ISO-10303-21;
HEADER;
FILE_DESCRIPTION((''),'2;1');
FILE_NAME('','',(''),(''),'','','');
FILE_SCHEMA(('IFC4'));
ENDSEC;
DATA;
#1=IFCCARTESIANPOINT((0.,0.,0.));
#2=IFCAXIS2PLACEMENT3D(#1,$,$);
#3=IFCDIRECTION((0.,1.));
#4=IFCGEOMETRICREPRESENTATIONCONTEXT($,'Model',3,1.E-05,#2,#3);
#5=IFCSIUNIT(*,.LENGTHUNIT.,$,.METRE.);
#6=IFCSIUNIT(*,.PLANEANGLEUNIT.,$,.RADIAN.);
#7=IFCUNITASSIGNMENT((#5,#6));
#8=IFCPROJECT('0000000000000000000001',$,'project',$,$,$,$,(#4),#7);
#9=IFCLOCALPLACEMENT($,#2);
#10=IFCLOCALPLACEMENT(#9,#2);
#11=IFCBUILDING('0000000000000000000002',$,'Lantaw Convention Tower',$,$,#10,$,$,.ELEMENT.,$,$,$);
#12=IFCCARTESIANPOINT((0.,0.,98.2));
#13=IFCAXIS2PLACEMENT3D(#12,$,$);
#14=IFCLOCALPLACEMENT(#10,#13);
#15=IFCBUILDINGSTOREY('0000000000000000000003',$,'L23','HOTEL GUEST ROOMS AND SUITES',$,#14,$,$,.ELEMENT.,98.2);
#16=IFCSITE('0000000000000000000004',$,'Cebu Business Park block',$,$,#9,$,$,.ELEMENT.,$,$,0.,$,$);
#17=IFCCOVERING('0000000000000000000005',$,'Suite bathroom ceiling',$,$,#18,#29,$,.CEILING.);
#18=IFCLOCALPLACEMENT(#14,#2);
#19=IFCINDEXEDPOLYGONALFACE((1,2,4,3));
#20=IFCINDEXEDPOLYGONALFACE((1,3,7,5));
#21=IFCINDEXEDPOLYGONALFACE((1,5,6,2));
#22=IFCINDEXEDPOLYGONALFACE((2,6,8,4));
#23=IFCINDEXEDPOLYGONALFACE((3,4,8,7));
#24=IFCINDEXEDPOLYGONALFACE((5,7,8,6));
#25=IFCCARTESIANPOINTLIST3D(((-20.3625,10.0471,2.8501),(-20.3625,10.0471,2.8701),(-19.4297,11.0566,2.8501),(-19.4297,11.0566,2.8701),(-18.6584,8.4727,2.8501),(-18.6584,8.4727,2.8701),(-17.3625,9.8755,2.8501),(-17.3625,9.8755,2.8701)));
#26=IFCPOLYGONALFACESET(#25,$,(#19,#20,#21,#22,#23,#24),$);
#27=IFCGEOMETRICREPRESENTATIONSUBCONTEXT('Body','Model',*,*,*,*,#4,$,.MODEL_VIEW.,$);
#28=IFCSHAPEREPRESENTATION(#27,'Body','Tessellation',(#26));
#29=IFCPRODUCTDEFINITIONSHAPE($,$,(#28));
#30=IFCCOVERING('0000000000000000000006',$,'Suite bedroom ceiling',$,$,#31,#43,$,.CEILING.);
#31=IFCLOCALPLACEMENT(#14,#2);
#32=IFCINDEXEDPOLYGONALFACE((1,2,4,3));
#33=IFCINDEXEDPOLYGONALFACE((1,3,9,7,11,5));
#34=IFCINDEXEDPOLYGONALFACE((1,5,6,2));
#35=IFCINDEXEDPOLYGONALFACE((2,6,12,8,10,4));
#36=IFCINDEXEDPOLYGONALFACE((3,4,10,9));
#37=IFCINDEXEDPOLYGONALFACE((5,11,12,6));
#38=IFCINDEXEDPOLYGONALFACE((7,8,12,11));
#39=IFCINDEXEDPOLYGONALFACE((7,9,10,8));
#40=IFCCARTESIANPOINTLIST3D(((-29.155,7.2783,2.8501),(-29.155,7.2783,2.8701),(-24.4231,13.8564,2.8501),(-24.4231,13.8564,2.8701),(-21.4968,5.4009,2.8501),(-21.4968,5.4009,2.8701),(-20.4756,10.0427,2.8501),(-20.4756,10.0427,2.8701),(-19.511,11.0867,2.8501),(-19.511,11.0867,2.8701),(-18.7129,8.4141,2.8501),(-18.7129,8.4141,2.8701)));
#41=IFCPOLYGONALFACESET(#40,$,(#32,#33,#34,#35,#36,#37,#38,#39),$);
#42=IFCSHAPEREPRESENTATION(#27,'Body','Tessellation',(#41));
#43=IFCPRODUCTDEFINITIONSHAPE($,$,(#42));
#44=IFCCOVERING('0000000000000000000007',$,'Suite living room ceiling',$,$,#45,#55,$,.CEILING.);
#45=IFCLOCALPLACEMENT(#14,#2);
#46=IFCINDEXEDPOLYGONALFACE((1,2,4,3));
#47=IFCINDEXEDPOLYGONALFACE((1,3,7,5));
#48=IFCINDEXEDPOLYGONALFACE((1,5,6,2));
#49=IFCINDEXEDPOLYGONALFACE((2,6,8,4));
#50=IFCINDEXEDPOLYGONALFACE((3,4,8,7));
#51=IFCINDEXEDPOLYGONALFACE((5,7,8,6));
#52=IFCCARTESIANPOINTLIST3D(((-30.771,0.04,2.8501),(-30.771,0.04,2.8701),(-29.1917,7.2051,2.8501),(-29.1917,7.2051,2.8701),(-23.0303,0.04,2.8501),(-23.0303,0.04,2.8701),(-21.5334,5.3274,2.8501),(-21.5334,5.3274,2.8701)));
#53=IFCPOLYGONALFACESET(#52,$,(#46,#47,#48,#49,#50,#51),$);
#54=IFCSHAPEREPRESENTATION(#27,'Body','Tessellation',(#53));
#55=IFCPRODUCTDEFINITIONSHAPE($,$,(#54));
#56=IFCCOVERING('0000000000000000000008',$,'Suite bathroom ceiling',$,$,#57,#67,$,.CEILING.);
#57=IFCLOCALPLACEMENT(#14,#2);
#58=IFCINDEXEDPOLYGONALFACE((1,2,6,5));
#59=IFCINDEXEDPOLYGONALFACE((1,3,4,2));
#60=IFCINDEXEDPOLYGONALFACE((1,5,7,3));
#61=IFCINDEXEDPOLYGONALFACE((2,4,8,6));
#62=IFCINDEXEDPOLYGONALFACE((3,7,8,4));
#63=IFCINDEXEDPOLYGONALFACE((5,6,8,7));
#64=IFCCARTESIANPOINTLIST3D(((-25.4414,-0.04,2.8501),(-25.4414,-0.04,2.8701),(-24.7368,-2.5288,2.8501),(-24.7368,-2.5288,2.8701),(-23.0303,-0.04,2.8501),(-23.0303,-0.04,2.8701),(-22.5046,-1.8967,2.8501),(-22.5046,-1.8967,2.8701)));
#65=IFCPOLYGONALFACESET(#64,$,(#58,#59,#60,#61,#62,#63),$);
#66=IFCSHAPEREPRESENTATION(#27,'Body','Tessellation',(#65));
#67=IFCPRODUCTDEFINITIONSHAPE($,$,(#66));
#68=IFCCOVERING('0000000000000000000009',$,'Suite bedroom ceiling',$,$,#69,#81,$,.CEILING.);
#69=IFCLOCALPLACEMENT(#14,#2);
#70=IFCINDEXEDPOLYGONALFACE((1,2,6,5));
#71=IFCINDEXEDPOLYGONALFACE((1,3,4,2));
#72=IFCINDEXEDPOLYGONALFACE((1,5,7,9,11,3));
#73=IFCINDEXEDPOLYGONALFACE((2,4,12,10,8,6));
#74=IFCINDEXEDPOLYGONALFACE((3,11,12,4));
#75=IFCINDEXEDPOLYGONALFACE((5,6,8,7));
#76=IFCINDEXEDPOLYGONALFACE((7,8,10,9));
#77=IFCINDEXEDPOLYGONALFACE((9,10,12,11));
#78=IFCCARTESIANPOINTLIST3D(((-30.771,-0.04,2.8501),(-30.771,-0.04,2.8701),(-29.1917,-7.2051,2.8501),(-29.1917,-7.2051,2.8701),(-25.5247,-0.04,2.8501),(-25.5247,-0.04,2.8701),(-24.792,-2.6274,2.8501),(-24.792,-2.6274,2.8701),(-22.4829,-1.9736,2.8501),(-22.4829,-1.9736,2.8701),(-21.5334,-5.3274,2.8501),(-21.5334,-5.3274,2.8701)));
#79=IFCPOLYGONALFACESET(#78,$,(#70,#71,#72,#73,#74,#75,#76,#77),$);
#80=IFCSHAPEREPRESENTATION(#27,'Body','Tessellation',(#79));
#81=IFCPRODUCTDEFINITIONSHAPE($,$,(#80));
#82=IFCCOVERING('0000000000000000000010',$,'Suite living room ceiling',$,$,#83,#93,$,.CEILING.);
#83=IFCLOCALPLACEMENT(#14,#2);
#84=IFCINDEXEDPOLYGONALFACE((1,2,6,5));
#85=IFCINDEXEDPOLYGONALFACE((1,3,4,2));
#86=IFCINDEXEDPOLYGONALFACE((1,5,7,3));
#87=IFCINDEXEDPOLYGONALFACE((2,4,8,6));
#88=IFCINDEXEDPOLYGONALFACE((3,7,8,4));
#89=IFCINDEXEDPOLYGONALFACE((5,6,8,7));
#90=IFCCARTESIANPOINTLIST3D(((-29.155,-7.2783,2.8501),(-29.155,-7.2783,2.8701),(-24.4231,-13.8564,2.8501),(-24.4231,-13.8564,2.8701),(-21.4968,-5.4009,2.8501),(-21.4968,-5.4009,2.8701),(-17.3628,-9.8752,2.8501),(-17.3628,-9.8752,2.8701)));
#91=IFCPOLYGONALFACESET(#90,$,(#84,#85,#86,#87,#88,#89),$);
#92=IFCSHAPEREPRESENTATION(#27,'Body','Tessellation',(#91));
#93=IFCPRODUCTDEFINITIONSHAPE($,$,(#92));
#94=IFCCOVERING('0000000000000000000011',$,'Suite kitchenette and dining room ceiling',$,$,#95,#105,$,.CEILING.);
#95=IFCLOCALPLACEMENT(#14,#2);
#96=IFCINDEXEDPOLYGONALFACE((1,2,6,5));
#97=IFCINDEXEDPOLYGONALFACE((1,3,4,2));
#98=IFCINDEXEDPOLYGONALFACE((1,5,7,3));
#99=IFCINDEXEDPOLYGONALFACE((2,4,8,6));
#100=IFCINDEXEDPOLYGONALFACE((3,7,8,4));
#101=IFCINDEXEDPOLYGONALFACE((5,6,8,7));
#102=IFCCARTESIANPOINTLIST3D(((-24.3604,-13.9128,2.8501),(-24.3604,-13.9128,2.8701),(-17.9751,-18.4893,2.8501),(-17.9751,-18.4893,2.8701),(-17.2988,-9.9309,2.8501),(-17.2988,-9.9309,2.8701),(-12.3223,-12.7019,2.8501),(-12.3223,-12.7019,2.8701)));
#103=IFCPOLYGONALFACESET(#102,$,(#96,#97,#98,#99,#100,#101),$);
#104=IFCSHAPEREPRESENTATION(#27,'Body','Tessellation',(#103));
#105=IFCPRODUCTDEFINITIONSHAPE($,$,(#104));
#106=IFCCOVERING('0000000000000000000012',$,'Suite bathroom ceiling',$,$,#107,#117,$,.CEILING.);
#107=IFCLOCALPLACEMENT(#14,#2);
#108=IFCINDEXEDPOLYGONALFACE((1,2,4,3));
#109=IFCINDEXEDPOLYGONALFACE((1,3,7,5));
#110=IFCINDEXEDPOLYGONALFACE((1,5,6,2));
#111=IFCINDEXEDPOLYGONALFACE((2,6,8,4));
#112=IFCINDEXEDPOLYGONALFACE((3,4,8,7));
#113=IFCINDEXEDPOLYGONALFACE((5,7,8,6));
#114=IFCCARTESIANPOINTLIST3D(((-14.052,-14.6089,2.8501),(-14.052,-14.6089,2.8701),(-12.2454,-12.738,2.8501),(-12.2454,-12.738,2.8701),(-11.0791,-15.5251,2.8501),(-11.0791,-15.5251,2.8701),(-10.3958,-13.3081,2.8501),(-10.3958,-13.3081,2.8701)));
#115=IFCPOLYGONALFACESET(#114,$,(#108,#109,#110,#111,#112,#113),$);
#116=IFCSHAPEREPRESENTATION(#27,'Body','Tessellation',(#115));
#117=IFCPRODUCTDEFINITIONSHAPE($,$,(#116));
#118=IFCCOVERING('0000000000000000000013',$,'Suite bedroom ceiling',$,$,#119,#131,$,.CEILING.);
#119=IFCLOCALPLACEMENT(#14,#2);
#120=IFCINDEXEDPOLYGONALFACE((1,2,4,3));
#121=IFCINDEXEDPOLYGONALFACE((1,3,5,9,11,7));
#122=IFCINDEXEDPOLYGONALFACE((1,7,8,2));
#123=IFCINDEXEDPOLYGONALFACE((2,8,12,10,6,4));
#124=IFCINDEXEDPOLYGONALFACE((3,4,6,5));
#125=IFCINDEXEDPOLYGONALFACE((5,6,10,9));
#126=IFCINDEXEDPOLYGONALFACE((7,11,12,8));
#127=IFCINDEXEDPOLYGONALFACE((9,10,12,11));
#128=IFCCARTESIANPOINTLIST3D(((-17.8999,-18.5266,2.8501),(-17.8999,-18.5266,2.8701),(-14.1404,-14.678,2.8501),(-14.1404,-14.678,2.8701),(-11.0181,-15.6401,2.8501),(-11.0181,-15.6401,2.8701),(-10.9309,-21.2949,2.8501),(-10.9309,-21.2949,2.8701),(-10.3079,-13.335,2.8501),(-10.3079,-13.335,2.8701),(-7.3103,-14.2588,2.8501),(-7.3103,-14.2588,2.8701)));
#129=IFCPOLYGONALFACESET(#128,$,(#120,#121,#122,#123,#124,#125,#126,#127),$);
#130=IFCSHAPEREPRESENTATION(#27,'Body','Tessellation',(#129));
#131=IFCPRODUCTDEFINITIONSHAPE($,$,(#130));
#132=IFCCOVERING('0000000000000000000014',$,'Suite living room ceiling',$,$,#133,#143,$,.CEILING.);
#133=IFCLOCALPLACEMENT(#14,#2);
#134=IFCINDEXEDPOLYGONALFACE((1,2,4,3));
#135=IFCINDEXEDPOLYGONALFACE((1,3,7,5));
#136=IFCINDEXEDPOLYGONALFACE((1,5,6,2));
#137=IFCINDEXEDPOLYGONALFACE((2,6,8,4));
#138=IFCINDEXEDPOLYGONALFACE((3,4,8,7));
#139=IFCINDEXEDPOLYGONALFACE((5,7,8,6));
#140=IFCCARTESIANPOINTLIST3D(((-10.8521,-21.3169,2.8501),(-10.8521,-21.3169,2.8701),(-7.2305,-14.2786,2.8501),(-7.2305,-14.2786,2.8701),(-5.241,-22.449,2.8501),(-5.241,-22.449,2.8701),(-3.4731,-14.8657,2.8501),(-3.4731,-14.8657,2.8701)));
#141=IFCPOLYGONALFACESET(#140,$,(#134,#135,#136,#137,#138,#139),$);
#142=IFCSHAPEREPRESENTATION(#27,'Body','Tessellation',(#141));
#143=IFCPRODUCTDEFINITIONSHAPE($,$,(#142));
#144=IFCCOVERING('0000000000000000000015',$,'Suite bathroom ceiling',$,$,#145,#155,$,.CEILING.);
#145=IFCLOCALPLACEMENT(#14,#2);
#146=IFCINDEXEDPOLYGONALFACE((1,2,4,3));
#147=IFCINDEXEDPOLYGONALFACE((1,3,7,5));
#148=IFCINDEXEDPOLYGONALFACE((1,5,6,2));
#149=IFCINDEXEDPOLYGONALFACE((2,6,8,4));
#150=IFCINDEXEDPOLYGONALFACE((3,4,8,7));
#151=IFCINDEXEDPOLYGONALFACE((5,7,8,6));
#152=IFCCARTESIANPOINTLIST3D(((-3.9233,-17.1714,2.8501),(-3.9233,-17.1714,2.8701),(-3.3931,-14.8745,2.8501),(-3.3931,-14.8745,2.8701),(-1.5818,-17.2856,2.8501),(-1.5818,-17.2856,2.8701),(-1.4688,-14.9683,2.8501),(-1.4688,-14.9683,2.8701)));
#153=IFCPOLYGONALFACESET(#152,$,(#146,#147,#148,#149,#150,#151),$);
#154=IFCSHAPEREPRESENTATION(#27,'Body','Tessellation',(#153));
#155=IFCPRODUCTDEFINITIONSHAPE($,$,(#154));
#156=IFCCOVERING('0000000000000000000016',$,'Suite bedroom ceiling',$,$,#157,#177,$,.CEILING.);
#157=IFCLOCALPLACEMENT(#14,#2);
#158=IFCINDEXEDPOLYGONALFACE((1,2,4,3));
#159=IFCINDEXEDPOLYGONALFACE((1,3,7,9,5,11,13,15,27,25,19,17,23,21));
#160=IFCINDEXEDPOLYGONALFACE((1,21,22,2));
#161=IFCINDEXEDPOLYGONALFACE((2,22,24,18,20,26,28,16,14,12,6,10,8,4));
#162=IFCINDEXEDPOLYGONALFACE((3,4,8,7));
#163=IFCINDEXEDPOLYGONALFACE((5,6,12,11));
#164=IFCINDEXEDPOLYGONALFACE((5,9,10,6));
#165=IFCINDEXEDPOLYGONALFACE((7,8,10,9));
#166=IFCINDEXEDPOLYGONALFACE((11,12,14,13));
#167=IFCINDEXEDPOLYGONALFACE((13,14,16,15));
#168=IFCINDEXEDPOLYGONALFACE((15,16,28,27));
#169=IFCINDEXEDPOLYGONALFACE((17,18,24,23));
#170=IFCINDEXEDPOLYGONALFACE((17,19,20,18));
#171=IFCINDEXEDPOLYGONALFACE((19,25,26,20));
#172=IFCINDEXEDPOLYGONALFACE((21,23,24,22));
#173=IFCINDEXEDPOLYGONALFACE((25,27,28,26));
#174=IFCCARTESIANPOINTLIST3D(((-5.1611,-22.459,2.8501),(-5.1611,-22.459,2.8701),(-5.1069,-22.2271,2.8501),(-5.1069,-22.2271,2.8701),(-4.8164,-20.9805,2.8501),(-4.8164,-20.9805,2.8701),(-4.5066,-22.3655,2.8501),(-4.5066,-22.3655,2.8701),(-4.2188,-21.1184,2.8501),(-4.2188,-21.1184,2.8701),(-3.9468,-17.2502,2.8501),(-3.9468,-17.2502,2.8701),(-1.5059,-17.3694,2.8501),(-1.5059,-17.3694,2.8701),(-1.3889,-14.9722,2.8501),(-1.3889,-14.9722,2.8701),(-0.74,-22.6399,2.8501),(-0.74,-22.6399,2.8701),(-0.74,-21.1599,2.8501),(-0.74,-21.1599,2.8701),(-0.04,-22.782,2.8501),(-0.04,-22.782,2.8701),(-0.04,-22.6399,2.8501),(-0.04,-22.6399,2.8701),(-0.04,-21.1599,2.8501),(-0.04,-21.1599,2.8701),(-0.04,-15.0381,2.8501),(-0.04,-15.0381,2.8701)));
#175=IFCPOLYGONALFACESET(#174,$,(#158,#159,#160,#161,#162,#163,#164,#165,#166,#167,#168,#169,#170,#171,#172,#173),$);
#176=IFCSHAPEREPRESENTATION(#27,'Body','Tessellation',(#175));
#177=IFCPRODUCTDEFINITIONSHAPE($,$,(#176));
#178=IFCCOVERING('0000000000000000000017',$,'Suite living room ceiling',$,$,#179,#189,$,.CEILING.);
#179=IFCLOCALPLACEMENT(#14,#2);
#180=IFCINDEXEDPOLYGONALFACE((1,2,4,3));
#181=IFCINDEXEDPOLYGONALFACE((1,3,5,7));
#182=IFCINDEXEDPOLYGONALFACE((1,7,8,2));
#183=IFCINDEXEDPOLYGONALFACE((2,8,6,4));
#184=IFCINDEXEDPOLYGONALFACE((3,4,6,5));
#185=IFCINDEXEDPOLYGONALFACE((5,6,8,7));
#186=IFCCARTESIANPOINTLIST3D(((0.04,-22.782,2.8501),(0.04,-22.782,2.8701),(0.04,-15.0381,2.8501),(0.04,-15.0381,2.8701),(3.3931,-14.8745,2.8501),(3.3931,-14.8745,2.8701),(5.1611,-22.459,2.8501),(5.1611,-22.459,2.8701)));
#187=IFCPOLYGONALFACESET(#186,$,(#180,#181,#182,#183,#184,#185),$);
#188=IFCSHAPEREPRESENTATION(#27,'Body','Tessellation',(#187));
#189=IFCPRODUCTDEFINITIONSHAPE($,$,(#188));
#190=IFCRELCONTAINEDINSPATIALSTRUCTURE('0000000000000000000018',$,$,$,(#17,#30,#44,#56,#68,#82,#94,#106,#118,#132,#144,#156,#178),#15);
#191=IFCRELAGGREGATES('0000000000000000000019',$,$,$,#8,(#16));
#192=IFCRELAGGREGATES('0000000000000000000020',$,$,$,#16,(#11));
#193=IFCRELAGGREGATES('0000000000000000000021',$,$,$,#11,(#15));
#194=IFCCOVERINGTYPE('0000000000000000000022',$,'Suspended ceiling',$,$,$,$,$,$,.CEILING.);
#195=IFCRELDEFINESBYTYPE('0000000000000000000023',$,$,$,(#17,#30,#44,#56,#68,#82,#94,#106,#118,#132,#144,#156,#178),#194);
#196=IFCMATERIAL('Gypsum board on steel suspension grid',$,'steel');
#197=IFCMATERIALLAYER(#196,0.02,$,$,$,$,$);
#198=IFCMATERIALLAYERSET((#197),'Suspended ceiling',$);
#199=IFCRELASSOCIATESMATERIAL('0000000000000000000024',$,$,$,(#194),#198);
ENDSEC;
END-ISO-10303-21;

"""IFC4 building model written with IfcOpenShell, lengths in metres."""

from ifc_helpers import new_model, si_unit, direction, frame, origin, place, context, subcontext, project, spatial, polyline, outline, extrude, material, layer, layer_set, type_object, element, save


model = new_model("IFC4")

# Units and contexts
model_context = context("Model", 3, precision=1e-05, world=origin(), true_north=direction((0.0, 1.0)))
body_context = subcontext(model_context, "Body", "Model", "MODEL_VIEW")
ifc_project = project(units=[si_unit("LENGTHUNIT", "METRE"), si_unit("PLANEANGLEUNIT", "RADIAN")], contexts=[model_context])

# Site, building, storey
site_placement = place(None, origin())
site = spatial("IfcSite", under=ifc_project, at=site_placement, Name="Cebu Business Park block", CompositionType="ELEMENT", RefElevation=0.0)
building_placement = place(site_placement, origin())
building = spatial("IfcBuilding", under=site, at=building_placement, Name="Lantaw Convention Tower", CompositionType="ELEMENT")
storey_placement = place(building_placement, frame((0.0, 0.0, 98.2)))
storey = spatial("IfcBuildingStorey", under=building, at=storey_placement, Name="L23", Description="HOTEL GUEST ROOMS AND SUITES", CompositionType="ELEMENT", Elevation=98.2)

# Coverings
ifc_material_1 = material(Name="Gypsum board on steel suspension grid", Category="steel")
ifc_layer_1 = layer(ifc_material_1, 0.02)
ifc_layer_set_1 = layer_set([ifc_layer_1], Name="Suspended ceiling")
covering_type = type_object("IfcCoveringType", Name="Suspended ceiling", PredefinedType="CEILING", material=ifc_layer_set_1)
covering_1_placement = place(storey_placement, frame((0.0, 0.0, 2.8501)))
element("IfcCovering", 1, at=covering_1_placement, inside=storey, type_object=covering_type, Name="Suite bathroom ceiling", PredefinedType="CEILING", context=body_context, shape_type="SweptSolid", body=[
    extrude(outline(polyline([(-17.3625, 9.8755), (-19.4297, 11.0566), (-20.3625, 10.0471), (-18.6584, 8.4727), (-17.3625, 9.8755)])), origin(), (0.0, 0.0, 1.0), 0.02),
])
covering_2_placement = place(storey_placement, frame((0.0, 0.0, 2.8501)))
element("IfcCovering", 2, at=covering_2_placement, inside=storey, type_object=covering_type, Name="Suite bedroom ceiling", PredefinedType="CEILING", context=body_context, shape_type="SweptSolid", body=[
    extrude(outline(polyline([(-21.4968, 5.4009), (-18.7129, 8.4141), (-20.4756, 10.0427), (-19.511, 11.0867), (-24.4231, 13.8564), (-29.155, 7.2783), (-21.4968, 5.4009)])), origin(), (0.0, 0.0, 1.0), 0.02),
])
covering_3_placement = place(storey_placement, frame((0.0, 0.0, 2.8501)))
element("IfcCovering", 3, at=covering_3_placement, inside=storey, type_object=covering_type, Name="Suite living room ceiling", PredefinedType="CEILING", context=body_context, shape_type="SweptSolid", body=[
    extrude(outline(polyline([(-21.5334, 5.3274), (-29.1917, 7.2051), (-30.771, 0.04), (-23.0303, 0.04), (-21.5334, 5.3274)])), origin(), (0.0, 0.0, 1.0), 0.02),
])
covering_4_placement = place(storey_placement, frame((0.0, 0.0, 2.8501)))
element("IfcCovering", 4, at=covering_4_placement, inside=storey, type_object=covering_type, Name="Suite bathroom ceiling", PredefinedType="CEILING", context=body_context, shape_type="SweptSolid", body=[
    extrude(outline(polyline([(-23.0303, -0.04), (-25.4414, -0.04), (-24.7368, -2.5288), (-22.5046, -1.8967), (-23.0303, -0.04)])), origin(), (0.0, 0.0, 1.0), 0.02),
])
covering_5_placement = place(storey_placement, frame((0.0, 0.0, 2.8501)))
element("IfcCovering", 5, at=covering_5_placement, inside=storey, type_object=covering_type, Name="Suite bedroom ceiling", PredefinedType="CEILING", context=body_context, shape_type="SweptSolid", body=[
    extrude(outline(polyline([(-22.4829, -1.9736), (-24.792, -2.6274), (-25.5247, -0.04), (-30.771, -0.04), (-29.1917, -7.2051), (-21.5334, -5.3274), (-22.4829, -1.9736)])), origin(), (0.0, 0.0, 1.0), 0.02),
])
covering_6_placement = place(storey_placement, frame((0.0, 0.0, 2.8501)))
element("IfcCovering", 6, at=covering_6_placement, inside=storey, type_object=covering_type, Name="Suite living room ceiling", PredefinedType="CEILING", context=body_context, shape_type="SweptSolid", body=[
    extrude(outline(polyline([(-21.4968, -5.4009), (-29.155, -7.2783), (-24.4231, -13.8564), (-17.3628, -9.8752), (-21.4968, -5.4009)])), origin(), (0.0, 0.0, 1.0), 0.02),
])
covering_7_placement = place(storey_placement, frame((0.0, 0.0, 2.8501)))
element("IfcCovering", 7, at=covering_7_placement, inside=storey, type_object=covering_type, Name="Suite kitchenette and dining room ceiling", PredefinedType="CEILING", context=body_context, shape_type="SweptSolid", body=[
    extrude(outline(polyline([(-17.2988, -9.9309), (-24.3604, -13.9128), (-17.9751, -18.4893), (-12.3223, -12.7019), (-17.2988, -9.9309)])), origin(), (0.0, 0.0, 1.0), 0.02),
])
covering_8_placement = place(storey_placement, frame((0.0, 0.0, 2.8501)))
element("IfcCovering", 8, at=covering_8_placement, inside=storey, type_object=covering_type, Name="Suite bathroom ceiling", PredefinedType="CEILING", context=body_context, shape_type="SweptSolid", body=[
    extrude(outline(polyline([(-12.2454, -12.738), (-14.052, -14.6089), (-11.0791, -15.5251), (-10.3958, -13.3081), (-12.2454, -12.738)])), origin(), (0.0, 0.0, 1.0), 0.02),
])
covering_9_placement = place(storey_placement, frame((0.0, 0.0, 2.8501)))
element("IfcCovering", 9, at=covering_9_placement, inside=storey, type_object=covering_type, Name="Suite bedroom ceiling", PredefinedType="CEILING", context=body_context, shape_type="SweptSolid", body=[
    extrude(outline(polyline([(-14.1404, -14.678), (-17.8999, -18.5266), (-10.9309, -21.2949), (-7.3103, -14.2588), (-10.3079, -13.335), (-11.0181, -15.6401), (-14.1404, -14.678)])), origin(), (0.0, 0.0, 1.0), 0.02),
])
covering_10_placement = place(storey_placement, frame((0.0, 0.0, 2.8501)))
element("IfcCovering", 10, at=covering_10_placement, inside=storey, type_object=covering_type, Name="Suite living room ceiling", PredefinedType="CEILING", context=body_context, shape_type="SweptSolid", body=[
    extrude(outline(polyline([(-7.2305, -14.2786), (-10.8521, -21.3169), (-5.241, -22.449), (-3.4731, -14.8657), (-7.2305, -14.2786)])), origin(), (0.0, 0.0, 1.0), 0.02),
])
covering_11_placement = place(storey_placement, frame((0.0, 0.0, 2.8501)))
element("IfcCovering", 11, at=covering_11_placement, inside=storey, type_object=covering_type, Name="Suite bathroom ceiling", PredefinedType="CEILING", context=body_context, shape_type="SweptSolid", body=[
    extrude(outline(polyline([(-3.3931, -14.8745), (-3.9233, -17.1714), (-1.5818, -17.2856), (-1.4688, -14.9683), (-3.3931, -14.8745)])), origin(), (0.0, 0.0, 1.0), 0.02),
])
covering_12_placement = place(storey_placement, frame((0.0, 0.0, 2.8501)))
element("IfcCovering", 12, at=covering_12_placement, inside=storey, type_object=covering_type, Name="Suite bedroom ceiling", PredefinedType="CEILING", context=body_context, shape_type="SweptSolid", body=[
    extrude(outline(polyline([(-3.9468, -17.2502), (-4.8164, -20.9805), (-4.2188, -21.1184), (-4.5066, -22.3655), (-5.1069, -22.2271), (-5.1611, -22.459), (-0.04, -22.782), (-0.04, -22.6399), (-0.74, -22.6399), (-0.74, -21.1599), (-0.04, -21.1599), (-0.04, -15.0381), (-1.3889, -14.9722), (-1.5059, -17.3694), (-3.9468, -17.2502)])), origin(), (0.0, 0.0, 1.0), 0.02),
])
covering_13_placement = place(storey_placement, frame((0.0, 0.0, 2.8501)))
element("IfcCovering", 13, at=covering_13_placement, inside=storey, type_object=covering_type, Name="Suite living room ceiling", PredefinedType="CEILING", context=body_context, shape_type="SweptSolid", body=[
    extrude(outline(polyline([(0.04, -15.0381), (0.04, -22.782), (5.1611, -22.459), (3.3931, -14.8745), (0.04, -15.0381)])), origin(), (0.0, 0.0, 1.0), 0.02),
])

save(model, "model.ifc")
